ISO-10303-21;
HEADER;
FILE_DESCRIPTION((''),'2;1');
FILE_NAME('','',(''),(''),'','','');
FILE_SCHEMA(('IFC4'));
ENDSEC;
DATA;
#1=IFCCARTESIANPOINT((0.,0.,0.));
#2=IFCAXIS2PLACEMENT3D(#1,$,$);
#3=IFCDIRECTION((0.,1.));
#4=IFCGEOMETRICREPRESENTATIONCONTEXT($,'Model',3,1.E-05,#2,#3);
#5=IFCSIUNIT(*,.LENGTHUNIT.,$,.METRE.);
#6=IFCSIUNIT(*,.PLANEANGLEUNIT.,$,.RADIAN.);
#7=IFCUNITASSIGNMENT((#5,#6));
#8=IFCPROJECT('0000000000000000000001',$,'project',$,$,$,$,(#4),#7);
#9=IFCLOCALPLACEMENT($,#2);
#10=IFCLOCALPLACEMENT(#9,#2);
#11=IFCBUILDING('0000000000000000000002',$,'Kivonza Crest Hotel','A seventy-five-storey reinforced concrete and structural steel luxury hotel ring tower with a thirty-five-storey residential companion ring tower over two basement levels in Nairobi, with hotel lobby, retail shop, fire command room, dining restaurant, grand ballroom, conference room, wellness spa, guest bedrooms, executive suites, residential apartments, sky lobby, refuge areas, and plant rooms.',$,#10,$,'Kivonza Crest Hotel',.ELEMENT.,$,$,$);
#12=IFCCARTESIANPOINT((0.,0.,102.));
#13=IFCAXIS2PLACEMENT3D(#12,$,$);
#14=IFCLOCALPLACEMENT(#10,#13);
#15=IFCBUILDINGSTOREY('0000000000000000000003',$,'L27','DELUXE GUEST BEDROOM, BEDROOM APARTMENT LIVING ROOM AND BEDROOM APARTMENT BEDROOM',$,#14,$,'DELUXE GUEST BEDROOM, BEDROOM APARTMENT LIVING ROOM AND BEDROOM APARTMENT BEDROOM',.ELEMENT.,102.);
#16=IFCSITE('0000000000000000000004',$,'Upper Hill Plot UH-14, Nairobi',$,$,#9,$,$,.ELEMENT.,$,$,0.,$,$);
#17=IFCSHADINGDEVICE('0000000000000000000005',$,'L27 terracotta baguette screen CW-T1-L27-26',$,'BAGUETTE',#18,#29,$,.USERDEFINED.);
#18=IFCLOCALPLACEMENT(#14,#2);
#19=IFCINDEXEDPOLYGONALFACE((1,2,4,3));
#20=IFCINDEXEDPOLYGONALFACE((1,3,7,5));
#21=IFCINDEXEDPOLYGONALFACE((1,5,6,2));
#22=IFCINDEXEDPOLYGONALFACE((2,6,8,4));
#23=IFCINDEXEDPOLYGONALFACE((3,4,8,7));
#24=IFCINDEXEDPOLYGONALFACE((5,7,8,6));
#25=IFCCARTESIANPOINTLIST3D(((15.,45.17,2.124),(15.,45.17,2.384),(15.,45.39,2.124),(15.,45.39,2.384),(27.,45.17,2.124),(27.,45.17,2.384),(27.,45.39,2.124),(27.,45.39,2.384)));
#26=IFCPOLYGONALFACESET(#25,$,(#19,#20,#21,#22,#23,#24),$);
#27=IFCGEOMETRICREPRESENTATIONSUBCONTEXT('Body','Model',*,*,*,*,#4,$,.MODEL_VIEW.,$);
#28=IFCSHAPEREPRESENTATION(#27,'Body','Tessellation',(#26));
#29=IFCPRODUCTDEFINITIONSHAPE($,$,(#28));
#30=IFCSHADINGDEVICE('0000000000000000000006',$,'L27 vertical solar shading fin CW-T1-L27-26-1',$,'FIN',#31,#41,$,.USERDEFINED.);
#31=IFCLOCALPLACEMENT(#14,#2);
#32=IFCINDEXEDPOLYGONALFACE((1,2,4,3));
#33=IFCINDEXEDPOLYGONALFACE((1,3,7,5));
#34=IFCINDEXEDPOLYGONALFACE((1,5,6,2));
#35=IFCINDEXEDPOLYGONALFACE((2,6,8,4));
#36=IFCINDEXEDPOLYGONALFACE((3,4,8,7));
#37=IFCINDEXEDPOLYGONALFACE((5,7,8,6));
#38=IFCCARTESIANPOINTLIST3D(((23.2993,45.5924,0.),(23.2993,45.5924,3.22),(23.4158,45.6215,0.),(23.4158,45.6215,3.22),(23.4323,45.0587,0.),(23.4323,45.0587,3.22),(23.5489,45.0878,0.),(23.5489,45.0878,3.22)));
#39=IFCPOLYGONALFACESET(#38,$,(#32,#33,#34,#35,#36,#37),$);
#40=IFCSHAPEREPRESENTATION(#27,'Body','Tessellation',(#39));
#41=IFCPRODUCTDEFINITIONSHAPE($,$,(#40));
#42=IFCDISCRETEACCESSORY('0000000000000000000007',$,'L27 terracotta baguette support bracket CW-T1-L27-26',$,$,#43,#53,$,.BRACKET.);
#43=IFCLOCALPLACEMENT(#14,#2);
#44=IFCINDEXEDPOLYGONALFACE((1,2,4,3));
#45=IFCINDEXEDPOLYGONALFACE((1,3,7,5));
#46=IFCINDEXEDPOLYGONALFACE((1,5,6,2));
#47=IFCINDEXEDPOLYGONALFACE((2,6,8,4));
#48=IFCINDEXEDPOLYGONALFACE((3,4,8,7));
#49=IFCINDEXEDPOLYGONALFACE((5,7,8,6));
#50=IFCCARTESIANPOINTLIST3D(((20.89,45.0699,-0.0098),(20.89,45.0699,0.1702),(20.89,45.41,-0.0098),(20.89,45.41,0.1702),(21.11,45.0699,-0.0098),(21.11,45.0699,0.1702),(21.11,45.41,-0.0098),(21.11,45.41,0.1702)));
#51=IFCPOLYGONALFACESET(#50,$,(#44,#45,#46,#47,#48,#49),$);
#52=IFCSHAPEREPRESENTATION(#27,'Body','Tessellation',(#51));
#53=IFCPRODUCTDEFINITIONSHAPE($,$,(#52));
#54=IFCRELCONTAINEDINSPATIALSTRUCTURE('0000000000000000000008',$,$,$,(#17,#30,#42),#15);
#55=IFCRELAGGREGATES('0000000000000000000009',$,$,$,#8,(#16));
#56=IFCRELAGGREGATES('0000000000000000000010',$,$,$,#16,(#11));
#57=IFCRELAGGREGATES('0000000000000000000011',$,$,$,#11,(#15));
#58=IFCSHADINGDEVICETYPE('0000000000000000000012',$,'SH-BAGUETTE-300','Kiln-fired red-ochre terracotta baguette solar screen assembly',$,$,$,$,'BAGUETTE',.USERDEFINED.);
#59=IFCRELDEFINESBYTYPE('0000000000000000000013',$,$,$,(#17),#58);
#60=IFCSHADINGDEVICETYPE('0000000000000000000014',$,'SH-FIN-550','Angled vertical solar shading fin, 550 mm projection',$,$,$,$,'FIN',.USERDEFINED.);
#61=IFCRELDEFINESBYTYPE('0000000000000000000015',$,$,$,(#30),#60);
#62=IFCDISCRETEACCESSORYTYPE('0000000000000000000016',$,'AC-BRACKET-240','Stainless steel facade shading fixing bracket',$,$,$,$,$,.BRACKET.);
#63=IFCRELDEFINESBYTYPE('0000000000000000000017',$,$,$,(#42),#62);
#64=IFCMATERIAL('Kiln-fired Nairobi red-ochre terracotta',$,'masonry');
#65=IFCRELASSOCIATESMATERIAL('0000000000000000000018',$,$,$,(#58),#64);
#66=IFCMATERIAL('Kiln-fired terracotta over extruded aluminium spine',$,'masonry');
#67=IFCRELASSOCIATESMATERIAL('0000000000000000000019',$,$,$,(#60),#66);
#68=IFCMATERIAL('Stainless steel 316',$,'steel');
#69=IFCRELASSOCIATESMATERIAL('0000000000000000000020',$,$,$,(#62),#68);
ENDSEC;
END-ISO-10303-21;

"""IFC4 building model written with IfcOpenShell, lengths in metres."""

from ifc_helpers import new_model, si_unit, direction, frame, origin, origin_2d, place, context, subcontext, project, spatial, rectangle, extrude, material, type_object, element, save


model = new_model("IFC4")

# Units and contexts
model_context = context("Model", 3, precision=1e-05, world=origin(), true_north=direction((0.0, 1.0)))
body_context = subcontext(model_context, "Body", "Model", "MODEL_VIEW")
ifc_project = project(units=[si_unit("LENGTHUNIT", "METRE"), si_unit("PLANEANGLEUNIT", "RADIAN")], contexts=[model_context])

# Site, building, storey
site_placement = place(None, origin())
site = spatial("IfcSite", under=ifc_project, at=site_placement, Name="Upper Hill Plot UH-14, Nairobi", CompositionType="ELEMENT", RefElevation=0.0)
building_placement = place(site_placement, origin())
building = spatial("IfcBuilding", under=site, at=building_placement, Name="Kivonza Crest Hotel", Description="A seventy-five-storey reinforced concrete and structural steel luxury hotel ring tower with a thirty-five-storey residential companion ring tower over two basement levels in Nairobi, with hotel lobby, retail shop, fire command room, dining restaurant, grand ballroom, conference room, wellness spa, guest bedrooms, executive suites, residential apartments, sky lobby, refuge areas, and plant rooms.", LongName="Kivonza Crest Hotel", CompositionType="ELEMENT")
storey_placement = place(building_placement, frame((0.0, 0.0, 102.0)))
storey = spatial("IfcBuildingStorey", under=building, at=storey_placement, Name="L27", Description="DELUXE GUEST BEDROOM, BEDROOM APARTMENT LIVING ROOM AND BEDROOM APARTMENT BEDROOM", LongName="DELUXE GUEST BEDROOM, BEDROOM APARTMENT LIVING ROOM AND BEDROOM APARTMENT BEDROOM", CompositionType="ELEMENT", Elevation=102.0)

# Shading devices
ifc_material_1 = material(Name="Kiln-fired Nairobi red-ochre terracotta", Category="masonry")
shading_device_type_1 = type_object("IfcShadingDeviceType", Name="SH-BAGUETTE-300", Description="Kiln-fired red-ochre terracotta baguette solar screen assembly", ElementType="BAGUETTE", PredefinedType="USERDEFINED", material=ifc_material_1)
shading_device_1_placement = place(storey_placement, frame((21.0, 45.28, 2.124), z_axis=(0.0, 0.0, 1.0), x_axis=(-1.0, 0.0, 0.0)))
element("IfcShadingDevice", 1, at=shading_device_1_placement, inside=storey, type_object=shading_device_type_1, Name="L27 terracotta baguette screen CW-T1-L27-26", ObjectType="BAGUETTE", PredefinedType="USERDEFINED", context=body_context, shape_type="SweptSolid", body=[
    extrude(rectangle(XDim=12.0, YDim=0.22, at=origin_2d()), origin(), (0.0, 0.0, 1.0), 0.26),
])
ifc_material_2 = material(Name="Kiln-fired terracotta over extruded aluminium spine", Category="masonry")
shading_device_type_2 = type_object("IfcShadingDeviceType", Name="SH-FIN-550", Description="Angled vertical solar shading fin, 550 mm projection", ElementType="FIN", PredefinedType="USERDEFINED", material=ifc_material_2)
shading_device_2_placement = place(storey_placement, frame((23.4241, 45.3401, 0.0), z_axis=(0.0, 0.0, 1.0), x_axis=(-0.970296, -0.241922, 0.0)))
element("IfcShadingDevice", 2, at=shading_device_2_placement, inside=storey, type_object=shading_device_type_2, Name="L27 vertical solar shading fin CW-T1-L27-26-1", ObjectType="FIN", PredefinedType="USERDEFINED", context=body_context, shape_type="SweptSolid", body=[
    extrude(rectangle(XDim=0.1201, YDim=0.55, at=origin_2d()), origin(), (0.0, 0.0, 1.0), 3.22),
])

# Discrete accessory
ifc_material_3 = material(Name="Stainless steel 316", Category="steel")
discrete_accessory_type = type_object("IfcDiscreteAccessoryType", Name="AC-BRACKET-240", Description="Stainless steel facade shading fixing bracket", PredefinedType="BRACKET", material=ifc_material_3)
discrete_accessory_placement = place(storey_placement, frame((21.0, 45.24, -0.0098), z_axis=(0.0, 0.0, 1.0), x_axis=(-1.0, 0.0, 0.0)))
element("IfcDiscreteAccessory", 3, at=discrete_accessory_placement, inside=storey, type_object=discrete_accessory_type, Name="L27 terracotta baguette support bracket CW-T1-L27-26", PredefinedType="BRACKET", context=body_context, shape_type="SweptSolid", body=[
    extrude(rectangle(XDim=0.22, YDim=0.3401, at=origin_2d()), origin(), (0.0, 0.0, 1.0), 0.1799),
])

save(model, "model.ifc")
